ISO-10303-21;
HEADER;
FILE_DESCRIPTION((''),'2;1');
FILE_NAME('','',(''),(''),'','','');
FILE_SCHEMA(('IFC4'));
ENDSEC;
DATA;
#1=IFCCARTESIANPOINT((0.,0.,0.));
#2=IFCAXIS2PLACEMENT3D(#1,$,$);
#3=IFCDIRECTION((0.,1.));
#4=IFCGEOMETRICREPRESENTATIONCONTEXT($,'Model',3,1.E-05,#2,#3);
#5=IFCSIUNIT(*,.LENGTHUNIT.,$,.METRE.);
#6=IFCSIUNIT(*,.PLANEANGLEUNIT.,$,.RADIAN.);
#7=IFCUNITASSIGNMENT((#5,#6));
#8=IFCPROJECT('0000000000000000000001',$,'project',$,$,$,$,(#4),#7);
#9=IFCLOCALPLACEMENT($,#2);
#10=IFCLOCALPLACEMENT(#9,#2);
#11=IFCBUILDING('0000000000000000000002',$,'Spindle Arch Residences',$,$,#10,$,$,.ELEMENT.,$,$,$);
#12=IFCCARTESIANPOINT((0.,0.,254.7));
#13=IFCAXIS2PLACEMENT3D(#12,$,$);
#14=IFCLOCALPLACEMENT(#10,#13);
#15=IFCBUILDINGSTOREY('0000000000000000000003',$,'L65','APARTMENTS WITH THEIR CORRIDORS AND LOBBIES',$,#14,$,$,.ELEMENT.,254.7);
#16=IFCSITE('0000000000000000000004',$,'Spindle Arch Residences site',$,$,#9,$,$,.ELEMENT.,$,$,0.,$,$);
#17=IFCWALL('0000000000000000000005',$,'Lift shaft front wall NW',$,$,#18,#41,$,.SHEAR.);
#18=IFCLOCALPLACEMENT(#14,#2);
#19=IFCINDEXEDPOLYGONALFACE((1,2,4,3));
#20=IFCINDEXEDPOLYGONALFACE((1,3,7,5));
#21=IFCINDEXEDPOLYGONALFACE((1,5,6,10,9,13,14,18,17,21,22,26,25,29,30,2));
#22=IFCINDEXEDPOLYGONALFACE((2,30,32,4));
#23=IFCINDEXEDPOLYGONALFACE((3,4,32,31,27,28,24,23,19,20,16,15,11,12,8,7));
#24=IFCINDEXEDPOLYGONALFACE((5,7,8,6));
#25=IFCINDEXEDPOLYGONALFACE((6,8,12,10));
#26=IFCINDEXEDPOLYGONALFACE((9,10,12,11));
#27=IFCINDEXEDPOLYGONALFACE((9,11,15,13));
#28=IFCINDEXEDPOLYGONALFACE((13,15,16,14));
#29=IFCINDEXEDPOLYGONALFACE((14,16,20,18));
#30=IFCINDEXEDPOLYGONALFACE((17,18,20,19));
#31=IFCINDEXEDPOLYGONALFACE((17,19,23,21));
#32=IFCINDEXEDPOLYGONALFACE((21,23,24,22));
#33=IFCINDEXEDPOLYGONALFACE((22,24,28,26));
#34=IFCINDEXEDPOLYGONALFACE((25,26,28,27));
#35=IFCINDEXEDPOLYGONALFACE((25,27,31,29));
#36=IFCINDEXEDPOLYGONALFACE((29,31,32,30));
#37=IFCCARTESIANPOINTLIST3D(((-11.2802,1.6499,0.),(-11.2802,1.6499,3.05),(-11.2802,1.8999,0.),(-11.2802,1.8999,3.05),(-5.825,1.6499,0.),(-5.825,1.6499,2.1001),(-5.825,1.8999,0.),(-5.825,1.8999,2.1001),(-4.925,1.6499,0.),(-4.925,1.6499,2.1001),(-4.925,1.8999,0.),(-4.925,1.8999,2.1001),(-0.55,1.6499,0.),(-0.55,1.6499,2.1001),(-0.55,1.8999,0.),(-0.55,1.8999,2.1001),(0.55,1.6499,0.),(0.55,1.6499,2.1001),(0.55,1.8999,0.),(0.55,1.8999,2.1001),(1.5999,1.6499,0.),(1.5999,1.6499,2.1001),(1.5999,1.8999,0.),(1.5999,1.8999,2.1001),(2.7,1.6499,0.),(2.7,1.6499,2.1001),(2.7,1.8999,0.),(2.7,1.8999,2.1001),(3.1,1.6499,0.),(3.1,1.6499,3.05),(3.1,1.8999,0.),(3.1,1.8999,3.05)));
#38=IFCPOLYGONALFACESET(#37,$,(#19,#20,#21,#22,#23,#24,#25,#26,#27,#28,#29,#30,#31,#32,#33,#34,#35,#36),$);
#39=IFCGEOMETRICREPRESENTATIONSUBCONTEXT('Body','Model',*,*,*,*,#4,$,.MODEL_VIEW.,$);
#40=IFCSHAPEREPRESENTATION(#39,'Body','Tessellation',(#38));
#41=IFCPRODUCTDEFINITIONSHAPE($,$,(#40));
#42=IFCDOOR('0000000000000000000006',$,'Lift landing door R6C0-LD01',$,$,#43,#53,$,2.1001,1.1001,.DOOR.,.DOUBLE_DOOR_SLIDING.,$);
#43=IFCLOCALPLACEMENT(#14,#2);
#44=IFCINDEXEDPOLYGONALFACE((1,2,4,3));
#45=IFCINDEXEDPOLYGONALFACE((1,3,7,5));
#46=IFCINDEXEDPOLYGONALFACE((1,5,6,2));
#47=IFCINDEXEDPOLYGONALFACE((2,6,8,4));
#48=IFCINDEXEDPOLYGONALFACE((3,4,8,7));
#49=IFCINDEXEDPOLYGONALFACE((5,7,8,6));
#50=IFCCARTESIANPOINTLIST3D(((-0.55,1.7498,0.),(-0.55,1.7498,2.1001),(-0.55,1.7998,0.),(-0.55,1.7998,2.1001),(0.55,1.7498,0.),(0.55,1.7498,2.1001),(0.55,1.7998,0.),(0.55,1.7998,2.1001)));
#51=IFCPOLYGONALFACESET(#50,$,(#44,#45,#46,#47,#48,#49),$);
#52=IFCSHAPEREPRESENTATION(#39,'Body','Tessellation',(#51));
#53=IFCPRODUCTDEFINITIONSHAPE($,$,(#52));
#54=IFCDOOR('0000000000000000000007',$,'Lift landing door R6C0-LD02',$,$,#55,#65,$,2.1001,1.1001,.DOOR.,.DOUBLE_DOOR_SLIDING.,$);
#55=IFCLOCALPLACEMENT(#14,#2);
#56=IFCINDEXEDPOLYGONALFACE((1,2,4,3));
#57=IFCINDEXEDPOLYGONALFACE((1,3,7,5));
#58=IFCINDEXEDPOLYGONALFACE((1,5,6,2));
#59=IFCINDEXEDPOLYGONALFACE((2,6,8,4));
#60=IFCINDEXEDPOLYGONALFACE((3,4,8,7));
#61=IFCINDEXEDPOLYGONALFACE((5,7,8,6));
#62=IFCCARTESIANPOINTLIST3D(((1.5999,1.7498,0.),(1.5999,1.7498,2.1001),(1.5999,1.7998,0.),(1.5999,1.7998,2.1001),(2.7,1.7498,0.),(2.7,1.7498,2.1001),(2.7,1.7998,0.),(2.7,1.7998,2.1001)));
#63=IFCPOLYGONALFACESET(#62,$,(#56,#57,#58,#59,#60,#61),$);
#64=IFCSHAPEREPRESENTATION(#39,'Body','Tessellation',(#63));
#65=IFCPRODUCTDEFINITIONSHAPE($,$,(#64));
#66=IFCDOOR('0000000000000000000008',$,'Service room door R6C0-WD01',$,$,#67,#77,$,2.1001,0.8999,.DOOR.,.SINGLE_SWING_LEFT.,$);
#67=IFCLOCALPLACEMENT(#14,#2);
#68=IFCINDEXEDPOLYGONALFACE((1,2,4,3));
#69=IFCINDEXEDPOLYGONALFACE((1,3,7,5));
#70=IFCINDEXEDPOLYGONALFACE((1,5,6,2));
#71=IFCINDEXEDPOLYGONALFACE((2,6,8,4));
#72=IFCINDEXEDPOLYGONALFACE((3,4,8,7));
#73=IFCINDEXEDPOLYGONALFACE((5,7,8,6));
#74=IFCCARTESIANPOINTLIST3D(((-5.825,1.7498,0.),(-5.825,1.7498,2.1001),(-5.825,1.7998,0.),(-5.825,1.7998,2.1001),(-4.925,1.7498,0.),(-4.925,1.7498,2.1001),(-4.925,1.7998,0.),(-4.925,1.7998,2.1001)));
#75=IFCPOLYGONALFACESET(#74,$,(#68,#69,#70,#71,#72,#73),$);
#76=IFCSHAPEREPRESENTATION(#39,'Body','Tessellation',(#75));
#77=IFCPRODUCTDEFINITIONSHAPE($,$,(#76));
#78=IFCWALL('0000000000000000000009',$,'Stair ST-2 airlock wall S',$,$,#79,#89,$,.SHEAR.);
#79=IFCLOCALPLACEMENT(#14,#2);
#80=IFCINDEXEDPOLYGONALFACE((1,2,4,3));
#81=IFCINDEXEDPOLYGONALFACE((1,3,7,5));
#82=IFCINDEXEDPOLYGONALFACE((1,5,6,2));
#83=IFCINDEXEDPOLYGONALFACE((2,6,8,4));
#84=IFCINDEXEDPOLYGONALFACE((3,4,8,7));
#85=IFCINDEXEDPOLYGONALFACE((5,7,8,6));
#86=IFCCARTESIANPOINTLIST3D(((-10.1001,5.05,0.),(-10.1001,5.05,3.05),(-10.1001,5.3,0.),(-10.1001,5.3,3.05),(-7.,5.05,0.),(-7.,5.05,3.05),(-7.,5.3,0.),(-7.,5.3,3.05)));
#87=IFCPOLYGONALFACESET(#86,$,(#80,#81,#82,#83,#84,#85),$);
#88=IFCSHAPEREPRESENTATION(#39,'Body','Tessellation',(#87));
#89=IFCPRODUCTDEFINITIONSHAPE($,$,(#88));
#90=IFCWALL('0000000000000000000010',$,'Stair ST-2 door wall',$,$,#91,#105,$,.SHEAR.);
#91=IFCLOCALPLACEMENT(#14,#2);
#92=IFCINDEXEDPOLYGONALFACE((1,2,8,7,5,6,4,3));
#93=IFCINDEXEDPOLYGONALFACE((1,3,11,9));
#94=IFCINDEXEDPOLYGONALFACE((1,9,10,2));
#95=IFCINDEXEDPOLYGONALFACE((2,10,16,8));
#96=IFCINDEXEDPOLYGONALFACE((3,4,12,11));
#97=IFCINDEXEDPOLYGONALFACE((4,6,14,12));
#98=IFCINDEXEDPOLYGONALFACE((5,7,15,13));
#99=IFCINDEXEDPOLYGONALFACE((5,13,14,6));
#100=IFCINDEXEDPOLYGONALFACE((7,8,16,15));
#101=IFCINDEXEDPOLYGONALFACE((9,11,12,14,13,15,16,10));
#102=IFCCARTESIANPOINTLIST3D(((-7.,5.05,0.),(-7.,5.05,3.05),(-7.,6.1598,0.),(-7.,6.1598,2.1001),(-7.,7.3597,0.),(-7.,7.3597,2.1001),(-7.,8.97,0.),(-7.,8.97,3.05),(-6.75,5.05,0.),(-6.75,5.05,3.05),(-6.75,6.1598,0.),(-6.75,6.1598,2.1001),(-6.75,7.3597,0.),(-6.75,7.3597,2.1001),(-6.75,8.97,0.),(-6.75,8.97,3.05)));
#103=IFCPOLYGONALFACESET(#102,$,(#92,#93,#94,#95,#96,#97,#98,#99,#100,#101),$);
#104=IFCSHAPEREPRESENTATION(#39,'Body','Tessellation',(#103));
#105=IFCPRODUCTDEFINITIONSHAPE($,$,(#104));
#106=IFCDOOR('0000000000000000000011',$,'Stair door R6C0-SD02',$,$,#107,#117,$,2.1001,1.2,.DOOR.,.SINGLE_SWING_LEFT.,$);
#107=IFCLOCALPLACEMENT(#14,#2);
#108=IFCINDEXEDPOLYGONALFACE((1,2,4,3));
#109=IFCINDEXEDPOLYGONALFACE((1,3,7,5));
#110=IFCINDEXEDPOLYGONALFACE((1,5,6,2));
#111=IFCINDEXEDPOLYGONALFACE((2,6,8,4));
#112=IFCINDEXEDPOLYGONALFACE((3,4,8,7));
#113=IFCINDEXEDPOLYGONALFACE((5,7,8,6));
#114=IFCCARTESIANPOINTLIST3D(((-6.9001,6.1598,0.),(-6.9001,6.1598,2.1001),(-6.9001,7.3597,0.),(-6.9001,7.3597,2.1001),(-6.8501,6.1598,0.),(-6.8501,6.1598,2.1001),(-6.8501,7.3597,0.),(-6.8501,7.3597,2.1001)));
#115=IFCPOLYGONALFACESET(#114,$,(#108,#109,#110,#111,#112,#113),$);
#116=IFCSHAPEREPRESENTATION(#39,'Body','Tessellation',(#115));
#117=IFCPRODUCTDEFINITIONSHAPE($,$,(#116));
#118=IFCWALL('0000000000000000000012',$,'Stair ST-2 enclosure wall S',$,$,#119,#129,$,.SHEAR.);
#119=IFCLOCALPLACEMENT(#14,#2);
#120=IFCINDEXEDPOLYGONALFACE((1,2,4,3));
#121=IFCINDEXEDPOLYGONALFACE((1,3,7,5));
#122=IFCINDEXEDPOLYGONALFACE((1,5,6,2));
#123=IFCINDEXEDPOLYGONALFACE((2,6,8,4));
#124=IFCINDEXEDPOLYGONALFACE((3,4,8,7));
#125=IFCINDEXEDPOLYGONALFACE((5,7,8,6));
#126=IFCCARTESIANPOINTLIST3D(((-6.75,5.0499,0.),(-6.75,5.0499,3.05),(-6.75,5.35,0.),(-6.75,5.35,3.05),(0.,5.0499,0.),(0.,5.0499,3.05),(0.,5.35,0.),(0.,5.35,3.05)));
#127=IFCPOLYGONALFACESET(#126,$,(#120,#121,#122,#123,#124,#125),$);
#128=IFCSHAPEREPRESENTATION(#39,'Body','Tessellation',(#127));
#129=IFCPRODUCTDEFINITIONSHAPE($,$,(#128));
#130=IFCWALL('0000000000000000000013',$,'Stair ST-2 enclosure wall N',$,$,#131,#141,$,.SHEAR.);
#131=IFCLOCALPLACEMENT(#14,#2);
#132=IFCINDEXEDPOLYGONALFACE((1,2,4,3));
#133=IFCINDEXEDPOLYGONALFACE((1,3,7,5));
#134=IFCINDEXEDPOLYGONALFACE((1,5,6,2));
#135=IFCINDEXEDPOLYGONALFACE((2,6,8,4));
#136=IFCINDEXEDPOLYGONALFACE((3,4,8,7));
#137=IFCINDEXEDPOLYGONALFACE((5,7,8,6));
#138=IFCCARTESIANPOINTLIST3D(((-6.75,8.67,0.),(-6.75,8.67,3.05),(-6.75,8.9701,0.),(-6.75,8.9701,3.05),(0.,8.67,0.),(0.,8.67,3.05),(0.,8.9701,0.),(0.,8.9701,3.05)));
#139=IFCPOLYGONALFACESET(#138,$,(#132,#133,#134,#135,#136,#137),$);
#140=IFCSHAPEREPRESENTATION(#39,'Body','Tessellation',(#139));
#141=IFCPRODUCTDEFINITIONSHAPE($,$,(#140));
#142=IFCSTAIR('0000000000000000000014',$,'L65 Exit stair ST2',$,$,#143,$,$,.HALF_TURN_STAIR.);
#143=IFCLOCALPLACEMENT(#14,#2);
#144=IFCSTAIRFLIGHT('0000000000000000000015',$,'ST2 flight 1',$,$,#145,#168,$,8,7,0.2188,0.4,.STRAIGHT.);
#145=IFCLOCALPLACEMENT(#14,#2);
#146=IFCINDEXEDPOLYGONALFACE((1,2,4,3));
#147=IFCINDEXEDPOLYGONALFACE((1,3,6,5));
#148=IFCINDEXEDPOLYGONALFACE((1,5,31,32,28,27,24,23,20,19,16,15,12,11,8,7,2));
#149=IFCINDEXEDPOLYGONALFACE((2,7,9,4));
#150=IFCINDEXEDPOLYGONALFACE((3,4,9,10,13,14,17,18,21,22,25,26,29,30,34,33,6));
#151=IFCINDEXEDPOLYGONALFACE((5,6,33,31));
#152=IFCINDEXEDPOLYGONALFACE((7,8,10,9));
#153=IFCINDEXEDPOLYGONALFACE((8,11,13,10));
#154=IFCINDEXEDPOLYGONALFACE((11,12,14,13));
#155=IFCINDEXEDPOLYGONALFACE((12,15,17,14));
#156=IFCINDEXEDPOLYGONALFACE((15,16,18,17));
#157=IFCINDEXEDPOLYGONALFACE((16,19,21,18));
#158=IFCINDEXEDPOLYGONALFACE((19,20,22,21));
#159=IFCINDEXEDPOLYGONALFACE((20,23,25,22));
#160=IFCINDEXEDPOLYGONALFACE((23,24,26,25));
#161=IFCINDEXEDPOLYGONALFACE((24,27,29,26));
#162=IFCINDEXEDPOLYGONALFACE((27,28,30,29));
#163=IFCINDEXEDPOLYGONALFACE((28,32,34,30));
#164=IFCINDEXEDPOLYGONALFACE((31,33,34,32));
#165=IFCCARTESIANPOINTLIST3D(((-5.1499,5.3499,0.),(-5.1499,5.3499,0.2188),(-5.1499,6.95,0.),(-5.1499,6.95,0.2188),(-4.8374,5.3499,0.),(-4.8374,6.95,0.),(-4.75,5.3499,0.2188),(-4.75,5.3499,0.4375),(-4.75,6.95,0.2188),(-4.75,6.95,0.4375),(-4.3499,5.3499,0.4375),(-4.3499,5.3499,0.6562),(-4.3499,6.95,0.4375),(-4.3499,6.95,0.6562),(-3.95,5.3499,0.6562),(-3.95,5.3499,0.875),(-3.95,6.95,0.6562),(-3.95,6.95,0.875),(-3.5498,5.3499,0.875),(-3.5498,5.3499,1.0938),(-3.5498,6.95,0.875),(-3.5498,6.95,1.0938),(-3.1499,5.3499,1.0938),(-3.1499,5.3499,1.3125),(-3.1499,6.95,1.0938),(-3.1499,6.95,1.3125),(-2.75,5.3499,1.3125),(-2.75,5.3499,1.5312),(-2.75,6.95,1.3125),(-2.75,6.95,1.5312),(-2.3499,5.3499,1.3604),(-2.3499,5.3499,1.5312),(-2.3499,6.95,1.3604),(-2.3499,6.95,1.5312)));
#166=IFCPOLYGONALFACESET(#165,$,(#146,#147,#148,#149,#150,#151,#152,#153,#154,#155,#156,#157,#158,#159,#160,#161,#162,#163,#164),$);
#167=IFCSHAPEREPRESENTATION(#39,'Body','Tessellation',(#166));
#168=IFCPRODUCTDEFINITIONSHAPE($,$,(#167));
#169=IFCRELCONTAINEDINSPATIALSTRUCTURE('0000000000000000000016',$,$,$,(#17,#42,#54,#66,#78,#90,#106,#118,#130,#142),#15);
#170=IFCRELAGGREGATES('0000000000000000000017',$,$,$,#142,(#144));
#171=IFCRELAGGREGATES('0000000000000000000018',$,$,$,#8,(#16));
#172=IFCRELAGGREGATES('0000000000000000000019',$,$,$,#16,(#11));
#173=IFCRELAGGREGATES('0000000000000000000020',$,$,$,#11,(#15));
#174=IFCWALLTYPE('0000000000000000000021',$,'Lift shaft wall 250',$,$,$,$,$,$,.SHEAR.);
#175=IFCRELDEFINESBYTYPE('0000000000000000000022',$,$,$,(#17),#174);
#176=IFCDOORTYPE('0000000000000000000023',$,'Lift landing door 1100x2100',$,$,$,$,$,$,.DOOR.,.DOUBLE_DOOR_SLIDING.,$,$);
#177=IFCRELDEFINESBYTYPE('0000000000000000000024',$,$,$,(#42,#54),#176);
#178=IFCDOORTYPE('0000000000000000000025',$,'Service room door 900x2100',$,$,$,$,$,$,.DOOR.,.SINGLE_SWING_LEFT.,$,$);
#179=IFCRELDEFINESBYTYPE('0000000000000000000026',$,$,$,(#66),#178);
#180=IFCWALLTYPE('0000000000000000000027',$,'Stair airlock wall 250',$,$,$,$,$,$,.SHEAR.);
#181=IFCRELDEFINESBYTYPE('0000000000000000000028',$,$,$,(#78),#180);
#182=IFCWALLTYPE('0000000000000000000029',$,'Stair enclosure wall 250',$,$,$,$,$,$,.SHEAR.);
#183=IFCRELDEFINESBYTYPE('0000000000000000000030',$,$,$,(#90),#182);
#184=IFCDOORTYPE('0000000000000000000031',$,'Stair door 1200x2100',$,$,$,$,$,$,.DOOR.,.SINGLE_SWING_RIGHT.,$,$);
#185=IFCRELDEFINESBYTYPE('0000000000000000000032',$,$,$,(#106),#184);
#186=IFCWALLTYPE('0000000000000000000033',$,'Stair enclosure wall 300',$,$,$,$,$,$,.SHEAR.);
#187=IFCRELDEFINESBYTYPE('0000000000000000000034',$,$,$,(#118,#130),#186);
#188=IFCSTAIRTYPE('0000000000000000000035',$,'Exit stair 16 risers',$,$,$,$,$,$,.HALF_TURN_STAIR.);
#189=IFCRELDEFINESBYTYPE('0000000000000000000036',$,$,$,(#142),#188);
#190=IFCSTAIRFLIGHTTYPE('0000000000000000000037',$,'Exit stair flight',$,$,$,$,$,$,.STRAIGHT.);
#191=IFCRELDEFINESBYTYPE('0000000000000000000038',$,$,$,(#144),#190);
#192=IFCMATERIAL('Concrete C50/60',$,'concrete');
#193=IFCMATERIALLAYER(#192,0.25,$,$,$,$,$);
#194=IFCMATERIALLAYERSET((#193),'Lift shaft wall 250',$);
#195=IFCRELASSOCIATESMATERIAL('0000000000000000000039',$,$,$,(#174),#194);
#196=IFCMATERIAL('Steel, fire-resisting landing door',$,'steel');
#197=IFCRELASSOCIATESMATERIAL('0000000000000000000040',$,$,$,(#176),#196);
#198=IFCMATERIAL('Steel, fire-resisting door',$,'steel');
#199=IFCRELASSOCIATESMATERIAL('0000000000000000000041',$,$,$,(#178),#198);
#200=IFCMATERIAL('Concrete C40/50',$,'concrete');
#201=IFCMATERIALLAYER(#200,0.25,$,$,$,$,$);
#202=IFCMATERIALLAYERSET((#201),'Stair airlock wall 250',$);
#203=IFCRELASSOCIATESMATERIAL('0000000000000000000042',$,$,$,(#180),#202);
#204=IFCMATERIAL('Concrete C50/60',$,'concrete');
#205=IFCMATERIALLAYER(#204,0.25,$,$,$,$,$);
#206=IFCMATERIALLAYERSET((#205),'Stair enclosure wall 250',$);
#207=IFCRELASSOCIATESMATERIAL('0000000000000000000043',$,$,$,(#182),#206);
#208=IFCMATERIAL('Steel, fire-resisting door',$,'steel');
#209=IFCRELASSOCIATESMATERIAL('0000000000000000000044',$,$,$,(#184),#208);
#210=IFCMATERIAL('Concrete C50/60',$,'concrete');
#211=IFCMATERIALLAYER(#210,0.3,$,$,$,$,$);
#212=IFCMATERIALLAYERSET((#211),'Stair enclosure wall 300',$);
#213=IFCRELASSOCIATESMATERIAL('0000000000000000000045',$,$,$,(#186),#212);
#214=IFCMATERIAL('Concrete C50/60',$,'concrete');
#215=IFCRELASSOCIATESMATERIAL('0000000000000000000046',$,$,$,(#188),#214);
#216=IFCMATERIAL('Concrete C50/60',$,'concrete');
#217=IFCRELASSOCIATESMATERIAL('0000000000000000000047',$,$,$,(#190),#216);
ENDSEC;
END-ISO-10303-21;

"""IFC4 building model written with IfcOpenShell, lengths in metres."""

from ifc_helpers import new_model, si_unit, direction, frame, frame_2d, origin, place, context, subcontext, project, spatial, polyline, rectangle, outline, extrude, material, layer, layer_set, type_object, element, fill, aggregate, save


model = new_model("IFC4")

# Units and contexts
model_context = context("Model", 3, precision=1e-05, world=origin(), true_north=direction((0.0, 1.0)))
body_context = subcontext(model_context, "Body", "Model", "MODEL_VIEW")
ifc_project = project(units=[si_unit("LENGTHUNIT", "METRE"), si_unit("PLANEANGLEUNIT", "RADIAN")], contexts=[model_context])

# Site, building, storey
site_placement = place(None, origin())
site = spatial("IfcSite", under=ifc_project, at=site_placement, Name="Spindle Arch Residences site", CompositionType="ELEMENT", RefElevation=0.0)
building_placement = place(site_placement, origin())
building = spatial("IfcBuilding", under=site, at=building_placement, Name="Spindle Arch Residences", CompositionType="ELEMENT")
storey_placement = place(building_placement, frame((0.0, 0.0, 254.7)))
storey = spatial("IfcBuildingStorey", under=building, at=storey_placement, Name="L65", Description="APARTMENTS WITH THEIR CORRIDORS AND LOBBIES", CompositionType="ELEMENT", Elevation=254.7)

# Wall, openings, doors
ifc_material_1 = material(Name="Concrete C50/60", Category="concrete")
ifc_layer_1 = layer(ifc_material_1, 0.25)
ifc_layer_set_1 = layer_set([ifc_layer_1], Name="Lift shaft wall 250")
wall_type_1 = type_object("IfcWallType", Name="Lift shaft wall 250", PredefinedType="SHEAR", material=ifc_layer_set_1)
wall_1_placement = place(storey_placement, frame((-11.28, 1.7749, 0.0), z_axis=(0.0, 0.0, 1.0), x_axis=(1.0, 0.0, 0.0)))
wall_1 = element("IfcWall", 1, at=wall_1_placement, inside=storey, type_object=wall_type_1, Name="Lift shaft front wall NW", PredefinedType="SHEAR", context=body_context, shape_type="SweptSolid", body=[
    extrude(rectangle(XDim=14.3801, YDim=0.25, at=frame_2d((7.1899, 0.0))), origin(), (0.0, 0.0, 1.0), 3.05),
])
opening_1_placement = place(wall_1_placement, frame((10.73, 0.0, 0.0)))
opening_1 = element("IfcOpeningElement", 2, at=opening_1_placement, cuts=wall_1, PredefinedType="OPENING", context=body_context, shape_type="SweptSolid", body=[
    extrude(rectangle(XDim=1.1001, YDim=2.1001, at=frame_2d((0.55, 1.05))), frame((0.0, 0.135, 0.0), z_axis=(0.0, -1.0, 0.0), x_axis=(1.0, 0.0, 0.0)), (0.0, 0.0, 1.0), 0.27),
])
opening_2_placement = place(wall_1_placement, frame((12.8799, 0.0, 0.0)))
opening_2 = element("IfcOpeningElement", 3, at=opening_2_placement, cuts=wall_1, PredefinedType="OPENING", context=body_context, shape_type="SweptSolid", body=[
    extrude(rectangle(XDim=1.1001, YDim=2.1001, at=frame_2d((0.55, 1.05))), frame((0.0, 0.135, 0.0), z_axis=(0.0, -1.0, 0.0), x_axis=(1.0, 0.0, 0.0)), (0.0, 0.0, 1.0), 0.27),
])
opening_3_placement = place(wall_1_placement, frame((5.4551, 0.0, 0.0)))
opening_3 = element("IfcOpeningElement", 4, at=opening_3_placement, cuts=wall_1, PredefinedType="OPENING", context=body_context, shape_type="SweptSolid", body=[
    extrude(rectangle(XDim=0.8999, YDim=2.1001, at=frame_2d((0.45, 1.05))), frame((0.0, 0.135, 0.0), z_axis=(0.0, -1.0, 0.0), x_axis=(1.0, 0.0, 0.0)), (0.0, 0.0, 1.0), 0.27),
])
ifc_material_2 = material(Name="Steel, fire-resisting landing door", Category="steel")
door_type_1 = type_object("IfcDoorType", Name="Lift landing door 1100x2100", OperationType="DOUBLE_DOOR_SLIDING", PredefinedType="DOOR", material=ifc_material_2)
door_1_placement = place(opening_1_placement, origin())
door_1 = element("IfcDoor", 5, at=door_1_placement, inside=storey, type_object=door_type_1, Name="Lift landing door R6C0-LD01", OperationType="DOUBLE_DOOR_SLIDING", OverallHeight=2.1001, OverallWidth=1.1001, PredefinedType="DOOR", context=body_context, shape_type="SweptSolid", body=[
    extrude(rectangle(XDim=1.1001, YDim=2.1001, at=frame_2d((0.55, 1.05))), frame((0.0, 0.0249, 0.0), z_axis=(0.0, -1.0, 0.0), x_axis=(1.0, 0.0, 0.0)), (0.0, 0.0, 1.0), 0.05),
])
fill(opening_1, door_1)
door_2_placement = place(opening_2_placement, origin())
door_2 = element("IfcDoor", 6, at=door_2_placement, inside=storey, type_object=door_type_1, Name="Lift landing door R6C0-LD02", OperationType="DOUBLE_DOOR_SLIDING", OverallHeight=2.1001, OverallWidth=1.1001, PredefinedType="DOOR", context=body_context, shape_type="SweptSolid", body=[
    extrude(rectangle(XDim=1.1001, YDim=2.1001, at=frame_2d((0.55, 1.05))), frame((0.0, 0.0249, 0.0), z_axis=(0.0, -1.0, 0.0), x_axis=(1.0, 0.0, 0.0)), (0.0, 0.0, 1.0), 0.05),
])
fill(opening_2, door_2)
ifc_material_3 = material(Name="Steel, fire-resisting door", Category="steel")
door_type_2 = type_object("IfcDoorType", Name="Service room door 900x2100", OperationType="SINGLE_SWING_LEFT", PredefinedType="DOOR", material=ifc_material_3)
door_3_placement = place(opening_3_placement, origin())
door_3 = element("IfcDoor", 7, at=door_3_placement, inside=storey, type_object=door_type_2, Name="Service room door R6C0-WD01", OperationType="SINGLE_SWING_LEFT", OverallHeight=2.1001, OverallWidth=0.8999, PredefinedType="DOOR", context=body_context, shape_type="SweptSolid", body=[
    extrude(rectangle(XDim=0.8999, YDim=2.1001, at=frame_2d((0.45, 1.05))), frame((0.0, 0.0249, 0.0), z_axis=(0.0, -1.0, 0.0), x_axis=(1.0, 0.0, 0.0)), (0.0, 0.0, 1.0), 0.05),
])
fill(opening_3, door_3)

# Wall
ifc_material_4 = material(Name="Concrete C40/50", Category="concrete")
ifc_layer_2 = layer(ifc_material_4, 0.25)
ifc_layer_set_2 = layer_set([ifc_layer_2], Name="Stair airlock wall 250")
wall_type_2 = type_object("IfcWallType", Name="Stair airlock wall 250", PredefinedType="SHEAR", material=ifc_layer_set_2)
wall_2_placement = place(storey_placement, frame((-7.0, 5.175, 0.0), z_axis=(0.0, 0.0, 1.0), x_axis=(-1.0, 0.0, 0.0)))
element("IfcWall", 8, at=wall_2_placement, inside=storey, type_object=wall_type_2, Name="Stair ST-2 airlock wall S", PredefinedType="SHEAR", context=body_context, shape_type="SweptSolid", body=[
    extrude(rectangle(XDim=3.1001, YDim=0.25, at=frame_2d((1.55, 0.0))), origin(), (0.0, 0.0, 1.0), 3.05),
])

# Wall, opening, door
ifc_material_5 = material(Name="Concrete C50/60", Category="concrete")
ifc_layer_3 = layer(ifc_material_5, 0.25)
ifc_layer_set_3 = layer_set([ifc_layer_3], Name="Stair enclosure wall 250")
wall_type_3 = type_object("IfcWallType", Name="Stair enclosure wall 250", PredefinedType="SHEAR", material=ifc_layer_set_3)
wall_3_placement = place(storey_placement, frame((-6.875, 8.97, 0.0), z_axis=(0.0, 0.0, 1.0), x_axis=(0.0, -1.0, 0.0)))
wall_3 = element("IfcWall", 9, at=wall_3_placement, inside=storey, type_object=wall_type_3, Name="Stair ST-2 door wall", PredefinedType="SHEAR", context=body_context, shape_type="SweptSolid", body=[
    extrude(rectangle(XDim=3.9199, YDim=0.25, at=frame_2d((1.96, 0.0))), origin(), (0.0, 0.0, 1.0), 3.05),
])
opening_4_placement = place(wall_3_placement, frame((1.6101, 0.0, 0.0)))
opening_4 = element("IfcOpeningElement", 10, at=opening_4_placement, cuts=wall_3, PredefinedType="OPENING", context=body_context, shape_type="SweptSolid", body=[
    extrude(rectangle(XDim=1.2, YDim=2.1001, at=frame_2d((0.6001, 1.05))), frame((0.0, 0.135, 0.0), z_axis=(0.0, -1.0, 0.0), x_axis=(1.0, 0.0, 0.0)), (0.0, 0.0, 1.0), 0.27),
])
ifc_material_6 = material(Name="Steel, fire-resisting door", Category="steel")
door_type_3 = type_object("IfcDoorType", Name="Stair door 1200x2100", OperationType="SINGLE_SWING_RIGHT", PredefinedType="DOOR", material=ifc_material_6)
door_4_placement = place(opening_4_placement, origin())
door_4 = element("IfcDoor", 11, at=door_4_placement, inside=storey, type_object=door_type_3, Name="Stair door R6C0-SD02", OperationType="SINGLE_SWING_LEFT", OverallHeight=2.1001, OverallWidth=1.2, PredefinedType="DOOR", context=body_context, shape_type="SweptSolid", body=[
    extrude(rectangle(XDim=1.2, YDim=2.1001, at=frame_2d((0.6001, 1.05))), frame((0.0, 0.0249, 0.0), z_axis=(0.0, -1.0, 0.0), x_axis=(1.0, 0.0, 0.0)), (0.0, 0.0, 1.0), 0.05),
])
fill(opening_4, door_4)

# Walls
ifc_material_7 = material(Name="Concrete C50/60", Category="concrete")
ifc_layer_4 = layer(ifc_material_7, 0.3)
ifc_layer_set_4 = layer_set([ifc_layer_4], Name="Stair enclosure wall 300")
wall_type_4 = type_object("IfcWallType", Name="Stair enclosure wall 300", PredefinedType="SHEAR", material=ifc_layer_set_4)
for number, where, z_axis, x_axis, name in (
    (12, (-6.75, 5.2, 0.0), (0.0, 0.0, 1.0), (1.0, 0.0, 0.0), "Stair ST-2 enclosure wall S"),
    (13, (-6.75, 8.8201, 0.0), (0.0, 0.0, 1.0), (1.0, 0.0, 0.0), "Stair ST-2 enclosure wall N"),
):
    element("IfcWall", number, at=place(storey_placement, frame(where, z_axis=z_axis, x_axis=x_axis)), inside=storey, type_object=wall_type_4, Name=name, PredefinedType="SHEAR", context=body_context, shape_type="SweptSolid", body=[
        extrude(rectangle(XDim=6.75, YDim=0.3, at=frame_2d((3.375, 0.0))), origin(), (0.0, 0.0, 1.0), 3.05),
    ])

# Stair, stair flight
ifc_material_8 = material(Name="Concrete C50/60", Category="concrete")
stair_type = type_object("IfcStairType", Name="Exit stair 16 risers", PredefinedType="HALF_TURN_STAIR", material=ifc_material_8)
stair_placement = place(storey_placement, origin())
stair = element("IfcStair", 14, at=stair_placement, inside=storey, type_object=stair_type, Name="L65 Exit stair ST2", PredefinedType="HALF_TURN_STAIR")
ifc_material_9 = material(Name="Concrete C50/60", Category="concrete")
stair_flight_type = type_object("IfcStairFlightType", Name="Exit stair flight", PredefinedType="STRAIGHT", material=ifc_material_9)
stair_flight_1_placement = place(storey_placement, frame((-5.1499, 6.1499, 0.0), z_axis=(0.0, 0.0, 1.0), x_axis=(1.0, 0.0, 0.0)))
stair_flight_1 = element("IfcStairFlight", 15, at=stair_flight_1_placement, type_object=stair_flight_type, Name="ST2 flight 1", NumberOfRisers=8, NumberOfTreads=7, PredefinedType="STRAIGHT", RiserHeight=0.2188, TreadLength=0.4, context=body_context, shape_type="SweptSolid", body=[
    extrude(outline(polyline([(0.0, 0.0), (0.0, 0.2188), (0.3999, 0.2188), (0.3999, 0.4375), (0.8, 0.4375), (0.8, 0.6562), (1.2, 0.6562), (1.2, 0.875), (1.6001, 0.875), (1.6001, 1.0938), (2.0, 1.0938), (2.0, 1.3125), (2.3999, 1.3125), (2.3999, 1.5312), (2.8, 1.5312), (2.8, 1.75), (2.8, 1.3604), (0.3125, 0.0), (0.0, 0.0)])), frame((0.0, 0.8, 0.0), z_axis=(0.0, -1.0, 0.0), x_axis=(1.0, 0.0, 0.0)), (0.0, 0.0, 1.0), 1.6001),
])
aggregate(stair, [stair_flight_1])

save(model, "model.ifc")
